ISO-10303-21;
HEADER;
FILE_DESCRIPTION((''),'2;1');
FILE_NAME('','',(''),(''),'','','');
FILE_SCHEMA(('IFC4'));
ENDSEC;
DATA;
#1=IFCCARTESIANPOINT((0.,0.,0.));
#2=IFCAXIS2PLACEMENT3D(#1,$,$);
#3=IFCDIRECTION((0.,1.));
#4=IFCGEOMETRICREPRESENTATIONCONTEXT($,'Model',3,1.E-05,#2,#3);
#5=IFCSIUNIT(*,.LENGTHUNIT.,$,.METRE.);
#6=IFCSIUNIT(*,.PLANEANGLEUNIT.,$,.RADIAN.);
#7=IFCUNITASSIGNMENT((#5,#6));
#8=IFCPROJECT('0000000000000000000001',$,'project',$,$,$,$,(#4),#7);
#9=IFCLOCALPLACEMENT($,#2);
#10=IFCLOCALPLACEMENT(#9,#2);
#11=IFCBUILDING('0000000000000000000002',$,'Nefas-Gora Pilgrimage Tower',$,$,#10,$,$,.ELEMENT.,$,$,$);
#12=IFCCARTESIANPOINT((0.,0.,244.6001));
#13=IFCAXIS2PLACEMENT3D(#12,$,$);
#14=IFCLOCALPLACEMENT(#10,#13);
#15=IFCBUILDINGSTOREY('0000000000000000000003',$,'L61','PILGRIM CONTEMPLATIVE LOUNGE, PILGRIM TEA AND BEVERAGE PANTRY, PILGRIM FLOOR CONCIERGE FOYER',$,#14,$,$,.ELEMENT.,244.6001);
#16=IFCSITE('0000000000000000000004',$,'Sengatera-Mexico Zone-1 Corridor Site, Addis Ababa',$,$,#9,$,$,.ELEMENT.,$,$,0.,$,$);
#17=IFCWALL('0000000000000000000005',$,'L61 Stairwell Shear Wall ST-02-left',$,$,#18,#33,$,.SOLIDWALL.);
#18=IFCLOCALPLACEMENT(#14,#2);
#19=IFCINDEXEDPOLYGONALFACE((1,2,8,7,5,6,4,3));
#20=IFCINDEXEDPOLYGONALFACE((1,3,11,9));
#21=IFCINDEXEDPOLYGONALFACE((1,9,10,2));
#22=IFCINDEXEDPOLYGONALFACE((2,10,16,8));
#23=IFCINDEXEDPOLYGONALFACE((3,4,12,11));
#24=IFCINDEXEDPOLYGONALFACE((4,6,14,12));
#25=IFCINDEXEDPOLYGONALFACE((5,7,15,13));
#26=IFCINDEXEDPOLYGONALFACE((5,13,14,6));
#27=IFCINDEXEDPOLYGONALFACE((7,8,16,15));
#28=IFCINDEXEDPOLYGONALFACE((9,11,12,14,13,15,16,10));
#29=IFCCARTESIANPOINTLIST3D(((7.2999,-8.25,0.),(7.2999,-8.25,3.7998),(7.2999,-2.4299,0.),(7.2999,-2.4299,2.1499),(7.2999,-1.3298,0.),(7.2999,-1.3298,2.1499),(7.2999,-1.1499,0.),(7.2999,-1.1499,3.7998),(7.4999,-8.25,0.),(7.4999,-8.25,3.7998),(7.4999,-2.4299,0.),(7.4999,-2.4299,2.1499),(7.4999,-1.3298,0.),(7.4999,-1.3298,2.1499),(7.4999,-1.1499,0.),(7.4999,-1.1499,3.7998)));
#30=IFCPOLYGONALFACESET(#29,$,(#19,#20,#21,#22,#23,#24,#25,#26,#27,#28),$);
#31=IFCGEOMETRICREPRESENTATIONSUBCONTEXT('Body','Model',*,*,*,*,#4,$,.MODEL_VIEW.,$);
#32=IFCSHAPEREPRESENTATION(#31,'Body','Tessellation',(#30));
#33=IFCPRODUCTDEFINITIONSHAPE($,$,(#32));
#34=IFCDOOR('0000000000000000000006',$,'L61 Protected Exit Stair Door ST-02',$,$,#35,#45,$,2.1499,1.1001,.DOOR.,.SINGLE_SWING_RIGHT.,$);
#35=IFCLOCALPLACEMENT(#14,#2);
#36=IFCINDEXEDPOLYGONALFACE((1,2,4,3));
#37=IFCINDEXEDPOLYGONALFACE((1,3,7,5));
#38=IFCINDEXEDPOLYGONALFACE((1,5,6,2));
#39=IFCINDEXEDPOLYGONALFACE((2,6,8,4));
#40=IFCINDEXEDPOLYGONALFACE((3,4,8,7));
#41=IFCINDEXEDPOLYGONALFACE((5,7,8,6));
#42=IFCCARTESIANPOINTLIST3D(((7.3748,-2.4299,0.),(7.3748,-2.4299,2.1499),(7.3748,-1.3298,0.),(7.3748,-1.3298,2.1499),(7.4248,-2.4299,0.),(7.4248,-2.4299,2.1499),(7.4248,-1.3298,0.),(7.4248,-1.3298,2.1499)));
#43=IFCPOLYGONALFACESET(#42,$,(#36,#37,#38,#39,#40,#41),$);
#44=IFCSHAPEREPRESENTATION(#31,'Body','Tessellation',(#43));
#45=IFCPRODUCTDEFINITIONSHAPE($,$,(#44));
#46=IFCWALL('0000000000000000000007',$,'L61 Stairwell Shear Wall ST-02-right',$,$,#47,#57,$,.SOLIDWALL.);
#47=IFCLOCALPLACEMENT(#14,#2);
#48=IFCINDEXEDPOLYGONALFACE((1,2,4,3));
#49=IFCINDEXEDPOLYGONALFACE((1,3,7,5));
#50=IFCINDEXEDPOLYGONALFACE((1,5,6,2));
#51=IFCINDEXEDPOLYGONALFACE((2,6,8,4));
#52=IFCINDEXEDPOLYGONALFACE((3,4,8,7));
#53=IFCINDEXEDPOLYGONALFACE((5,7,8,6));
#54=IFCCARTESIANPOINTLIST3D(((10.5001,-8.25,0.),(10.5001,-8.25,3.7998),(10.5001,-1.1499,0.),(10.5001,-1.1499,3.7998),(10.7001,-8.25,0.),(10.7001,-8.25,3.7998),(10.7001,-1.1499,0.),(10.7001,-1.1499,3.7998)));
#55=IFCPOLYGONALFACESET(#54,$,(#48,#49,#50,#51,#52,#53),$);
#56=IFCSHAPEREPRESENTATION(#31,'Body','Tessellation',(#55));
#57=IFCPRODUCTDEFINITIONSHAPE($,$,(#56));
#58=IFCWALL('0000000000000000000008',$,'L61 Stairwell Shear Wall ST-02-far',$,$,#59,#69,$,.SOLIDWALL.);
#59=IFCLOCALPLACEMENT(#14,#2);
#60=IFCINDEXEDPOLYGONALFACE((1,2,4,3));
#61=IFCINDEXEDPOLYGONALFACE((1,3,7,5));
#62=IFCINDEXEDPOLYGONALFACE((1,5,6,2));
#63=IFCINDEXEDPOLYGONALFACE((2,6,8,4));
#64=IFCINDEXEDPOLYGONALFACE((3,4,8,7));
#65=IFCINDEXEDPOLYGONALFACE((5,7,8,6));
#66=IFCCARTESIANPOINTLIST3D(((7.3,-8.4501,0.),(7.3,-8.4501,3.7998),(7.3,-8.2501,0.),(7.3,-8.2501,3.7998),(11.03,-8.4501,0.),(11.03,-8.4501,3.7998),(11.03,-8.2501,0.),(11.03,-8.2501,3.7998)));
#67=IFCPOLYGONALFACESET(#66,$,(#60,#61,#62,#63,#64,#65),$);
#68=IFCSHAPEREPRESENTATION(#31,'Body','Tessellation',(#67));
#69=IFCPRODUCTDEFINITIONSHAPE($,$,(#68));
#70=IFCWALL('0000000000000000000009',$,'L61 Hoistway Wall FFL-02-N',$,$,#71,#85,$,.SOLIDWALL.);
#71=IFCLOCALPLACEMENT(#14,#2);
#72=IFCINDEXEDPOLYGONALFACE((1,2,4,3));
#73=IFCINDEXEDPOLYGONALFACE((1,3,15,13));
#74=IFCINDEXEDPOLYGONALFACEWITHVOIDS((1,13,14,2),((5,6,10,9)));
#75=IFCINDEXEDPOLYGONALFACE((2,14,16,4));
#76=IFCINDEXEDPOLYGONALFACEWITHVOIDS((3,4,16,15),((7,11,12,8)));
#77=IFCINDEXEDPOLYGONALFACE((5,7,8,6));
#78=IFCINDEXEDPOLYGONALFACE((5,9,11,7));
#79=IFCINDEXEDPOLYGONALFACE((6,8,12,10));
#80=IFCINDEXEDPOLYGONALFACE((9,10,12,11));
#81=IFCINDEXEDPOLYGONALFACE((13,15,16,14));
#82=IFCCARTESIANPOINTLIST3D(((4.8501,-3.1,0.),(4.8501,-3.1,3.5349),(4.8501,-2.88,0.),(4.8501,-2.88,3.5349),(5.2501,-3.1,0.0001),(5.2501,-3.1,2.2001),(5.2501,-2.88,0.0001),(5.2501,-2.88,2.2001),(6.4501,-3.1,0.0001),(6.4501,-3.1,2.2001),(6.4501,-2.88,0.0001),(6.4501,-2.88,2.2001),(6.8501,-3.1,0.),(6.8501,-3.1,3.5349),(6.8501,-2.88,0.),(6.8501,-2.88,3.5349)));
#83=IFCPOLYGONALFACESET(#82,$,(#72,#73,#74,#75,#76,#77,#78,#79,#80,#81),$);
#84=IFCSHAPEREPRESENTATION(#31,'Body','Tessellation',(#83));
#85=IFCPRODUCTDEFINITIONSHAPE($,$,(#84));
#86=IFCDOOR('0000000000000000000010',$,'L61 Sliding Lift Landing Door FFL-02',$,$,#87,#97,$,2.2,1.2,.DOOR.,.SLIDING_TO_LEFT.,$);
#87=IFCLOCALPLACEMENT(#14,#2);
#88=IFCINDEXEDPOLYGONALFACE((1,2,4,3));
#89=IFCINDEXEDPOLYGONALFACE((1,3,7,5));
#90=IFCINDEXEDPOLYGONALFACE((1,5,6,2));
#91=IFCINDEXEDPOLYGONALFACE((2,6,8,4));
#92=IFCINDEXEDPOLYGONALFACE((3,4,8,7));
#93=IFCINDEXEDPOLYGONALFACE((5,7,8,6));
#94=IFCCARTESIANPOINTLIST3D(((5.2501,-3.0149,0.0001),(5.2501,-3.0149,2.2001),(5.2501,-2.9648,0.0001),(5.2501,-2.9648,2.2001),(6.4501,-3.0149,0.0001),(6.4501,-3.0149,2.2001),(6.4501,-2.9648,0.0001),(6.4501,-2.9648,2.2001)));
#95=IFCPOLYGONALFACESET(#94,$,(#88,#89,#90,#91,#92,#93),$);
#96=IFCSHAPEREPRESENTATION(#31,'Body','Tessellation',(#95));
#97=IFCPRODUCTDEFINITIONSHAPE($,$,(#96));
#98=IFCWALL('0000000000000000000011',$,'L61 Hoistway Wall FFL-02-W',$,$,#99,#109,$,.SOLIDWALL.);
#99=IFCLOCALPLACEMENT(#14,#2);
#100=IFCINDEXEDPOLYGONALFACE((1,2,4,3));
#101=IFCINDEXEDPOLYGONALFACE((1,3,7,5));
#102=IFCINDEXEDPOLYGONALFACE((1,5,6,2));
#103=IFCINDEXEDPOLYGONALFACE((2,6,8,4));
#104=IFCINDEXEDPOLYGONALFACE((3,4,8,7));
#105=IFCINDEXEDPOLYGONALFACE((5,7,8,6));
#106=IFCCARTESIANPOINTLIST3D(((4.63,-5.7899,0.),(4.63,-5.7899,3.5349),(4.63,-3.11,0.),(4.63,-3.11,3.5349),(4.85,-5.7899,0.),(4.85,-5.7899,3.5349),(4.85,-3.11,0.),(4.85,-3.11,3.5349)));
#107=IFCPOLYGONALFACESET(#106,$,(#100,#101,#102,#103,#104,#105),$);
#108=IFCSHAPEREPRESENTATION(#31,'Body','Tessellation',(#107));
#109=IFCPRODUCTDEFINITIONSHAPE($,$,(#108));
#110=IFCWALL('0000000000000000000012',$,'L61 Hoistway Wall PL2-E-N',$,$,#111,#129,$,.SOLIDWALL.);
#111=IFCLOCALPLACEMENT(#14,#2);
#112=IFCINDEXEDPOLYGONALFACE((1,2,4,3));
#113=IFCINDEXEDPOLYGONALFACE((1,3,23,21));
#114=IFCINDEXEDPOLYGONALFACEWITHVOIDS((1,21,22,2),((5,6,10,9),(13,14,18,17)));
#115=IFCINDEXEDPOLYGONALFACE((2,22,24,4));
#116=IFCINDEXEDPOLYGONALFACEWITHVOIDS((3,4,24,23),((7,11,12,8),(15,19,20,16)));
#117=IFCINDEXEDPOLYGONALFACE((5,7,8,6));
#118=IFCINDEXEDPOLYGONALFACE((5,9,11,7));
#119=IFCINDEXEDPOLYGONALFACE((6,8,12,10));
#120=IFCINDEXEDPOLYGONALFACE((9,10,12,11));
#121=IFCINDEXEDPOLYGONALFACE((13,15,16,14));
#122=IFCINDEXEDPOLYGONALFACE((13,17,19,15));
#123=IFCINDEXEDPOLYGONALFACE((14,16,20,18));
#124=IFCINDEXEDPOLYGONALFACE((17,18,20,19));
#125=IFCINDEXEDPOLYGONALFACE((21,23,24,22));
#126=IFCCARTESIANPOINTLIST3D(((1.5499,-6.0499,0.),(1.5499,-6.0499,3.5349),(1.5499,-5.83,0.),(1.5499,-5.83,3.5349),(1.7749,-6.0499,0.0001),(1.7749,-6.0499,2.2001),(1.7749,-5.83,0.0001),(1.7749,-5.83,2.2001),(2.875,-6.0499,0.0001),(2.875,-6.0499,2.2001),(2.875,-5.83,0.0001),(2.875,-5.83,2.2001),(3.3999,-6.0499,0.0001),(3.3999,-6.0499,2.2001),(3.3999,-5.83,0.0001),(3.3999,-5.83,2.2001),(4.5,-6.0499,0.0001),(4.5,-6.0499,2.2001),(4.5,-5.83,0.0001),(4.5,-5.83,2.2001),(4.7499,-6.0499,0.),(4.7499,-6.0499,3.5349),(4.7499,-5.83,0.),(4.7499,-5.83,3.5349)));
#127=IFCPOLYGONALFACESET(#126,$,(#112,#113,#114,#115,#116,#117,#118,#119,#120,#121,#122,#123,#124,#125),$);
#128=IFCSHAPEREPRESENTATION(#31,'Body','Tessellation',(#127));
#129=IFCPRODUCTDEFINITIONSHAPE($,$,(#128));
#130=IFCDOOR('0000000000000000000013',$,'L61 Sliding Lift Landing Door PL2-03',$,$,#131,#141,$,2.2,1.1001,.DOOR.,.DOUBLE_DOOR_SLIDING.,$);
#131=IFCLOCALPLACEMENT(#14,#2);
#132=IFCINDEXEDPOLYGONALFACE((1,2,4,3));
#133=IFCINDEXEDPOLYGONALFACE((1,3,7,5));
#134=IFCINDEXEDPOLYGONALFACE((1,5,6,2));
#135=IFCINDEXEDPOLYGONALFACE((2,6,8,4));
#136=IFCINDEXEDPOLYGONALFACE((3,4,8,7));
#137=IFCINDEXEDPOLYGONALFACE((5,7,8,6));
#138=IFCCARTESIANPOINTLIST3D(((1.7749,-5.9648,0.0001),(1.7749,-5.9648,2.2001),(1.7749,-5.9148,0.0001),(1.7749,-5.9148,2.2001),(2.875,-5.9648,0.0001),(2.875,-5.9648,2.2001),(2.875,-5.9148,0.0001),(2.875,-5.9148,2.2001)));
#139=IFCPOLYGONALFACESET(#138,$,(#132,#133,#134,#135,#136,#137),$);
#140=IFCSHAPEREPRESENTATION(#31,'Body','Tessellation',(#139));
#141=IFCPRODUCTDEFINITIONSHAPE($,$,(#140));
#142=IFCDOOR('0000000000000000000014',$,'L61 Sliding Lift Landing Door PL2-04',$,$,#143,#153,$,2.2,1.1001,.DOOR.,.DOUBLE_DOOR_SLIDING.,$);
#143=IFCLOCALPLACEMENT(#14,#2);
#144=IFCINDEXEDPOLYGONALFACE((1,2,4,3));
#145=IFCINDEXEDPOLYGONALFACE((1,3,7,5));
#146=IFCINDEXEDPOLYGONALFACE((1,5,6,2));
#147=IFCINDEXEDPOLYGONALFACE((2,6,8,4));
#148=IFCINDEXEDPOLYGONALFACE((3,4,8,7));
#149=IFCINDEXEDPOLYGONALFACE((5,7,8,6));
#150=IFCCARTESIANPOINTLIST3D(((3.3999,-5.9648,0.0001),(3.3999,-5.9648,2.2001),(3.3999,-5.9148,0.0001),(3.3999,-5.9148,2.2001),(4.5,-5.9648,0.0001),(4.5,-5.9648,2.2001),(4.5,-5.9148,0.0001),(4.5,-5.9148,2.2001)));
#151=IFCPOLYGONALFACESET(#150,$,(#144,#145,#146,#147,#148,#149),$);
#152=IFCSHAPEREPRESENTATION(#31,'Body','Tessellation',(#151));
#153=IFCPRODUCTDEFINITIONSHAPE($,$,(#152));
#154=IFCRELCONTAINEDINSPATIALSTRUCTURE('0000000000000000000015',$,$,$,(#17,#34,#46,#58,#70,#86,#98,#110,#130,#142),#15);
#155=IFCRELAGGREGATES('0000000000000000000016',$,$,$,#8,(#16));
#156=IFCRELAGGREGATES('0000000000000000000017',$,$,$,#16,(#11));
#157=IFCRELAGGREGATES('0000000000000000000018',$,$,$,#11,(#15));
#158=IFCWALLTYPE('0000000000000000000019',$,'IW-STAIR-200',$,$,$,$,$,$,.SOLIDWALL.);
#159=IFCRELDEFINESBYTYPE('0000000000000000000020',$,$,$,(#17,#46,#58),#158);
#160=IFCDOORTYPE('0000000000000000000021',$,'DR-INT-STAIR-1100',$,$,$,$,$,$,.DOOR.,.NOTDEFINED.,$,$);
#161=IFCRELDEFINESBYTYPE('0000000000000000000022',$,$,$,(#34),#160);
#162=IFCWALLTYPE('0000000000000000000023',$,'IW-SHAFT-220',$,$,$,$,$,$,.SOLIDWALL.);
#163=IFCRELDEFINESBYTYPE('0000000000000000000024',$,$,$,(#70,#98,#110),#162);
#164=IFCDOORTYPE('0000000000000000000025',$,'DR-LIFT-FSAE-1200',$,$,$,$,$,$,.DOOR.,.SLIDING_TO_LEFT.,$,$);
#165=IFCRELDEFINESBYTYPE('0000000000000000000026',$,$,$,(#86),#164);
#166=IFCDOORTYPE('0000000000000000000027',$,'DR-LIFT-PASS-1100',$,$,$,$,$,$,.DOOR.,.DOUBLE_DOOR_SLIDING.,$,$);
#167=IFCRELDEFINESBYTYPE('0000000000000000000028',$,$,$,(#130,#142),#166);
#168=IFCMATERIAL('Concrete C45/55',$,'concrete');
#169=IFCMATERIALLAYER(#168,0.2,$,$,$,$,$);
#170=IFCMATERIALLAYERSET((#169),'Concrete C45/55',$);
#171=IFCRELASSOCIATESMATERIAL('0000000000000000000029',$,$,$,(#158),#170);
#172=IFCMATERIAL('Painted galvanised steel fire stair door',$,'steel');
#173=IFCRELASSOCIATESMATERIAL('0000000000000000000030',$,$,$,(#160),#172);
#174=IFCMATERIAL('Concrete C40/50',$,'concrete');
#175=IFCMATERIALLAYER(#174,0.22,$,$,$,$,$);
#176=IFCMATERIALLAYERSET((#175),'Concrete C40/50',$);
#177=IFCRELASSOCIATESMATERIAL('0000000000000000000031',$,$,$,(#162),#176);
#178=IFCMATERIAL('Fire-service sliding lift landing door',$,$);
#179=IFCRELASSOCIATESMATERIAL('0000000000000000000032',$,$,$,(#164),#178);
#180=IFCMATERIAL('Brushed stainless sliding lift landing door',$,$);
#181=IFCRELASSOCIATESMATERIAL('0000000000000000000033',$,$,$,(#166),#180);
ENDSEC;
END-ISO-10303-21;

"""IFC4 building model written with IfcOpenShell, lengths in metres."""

from ifc_helpers import new_model, si_unit, direction, frame, frame_2d, origin, place, context, subcontext, project, spatial, rectangle, extrude, source, transform, mapped, material, layer, layer_set, type_object, element, fill, save


model = new_model("IFC4")

# Units and contexts
model_context = context("Model", 3, precision=1e-05, world=origin(), true_north=direction((0.0, 1.0)))
body_context = subcontext(model_context, "Body", "Model", "MODEL_VIEW")
ifc_project = project(units=[si_unit("LENGTHUNIT", "METRE"), si_unit("PLANEANGLEUNIT", "RADIAN")], contexts=[model_context])

# Site, building, storey
site_placement = place(None, origin())
site = spatial("IfcSite", under=ifc_project, at=site_placement, Name="Sengatera-Mexico Zone-1 Corridor Site, Addis Ababa", CompositionType="ELEMENT", RefElevation=0.0)
building_placement = place(site_placement, origin())
building = spatial("IfcBuilding", under=site, at=building_placement, Name="Nefas-Gora Pilgrimage Tower", CompositionType="ELEMENT")
storey_placement = place(building_placement, frame((0.0, 0.0, 244.6001)))
storey = spatial("IfcBuildingStorey", under=building, at=storey_placement, Name="L61", Description="PILGRIM CONTEMPLATIVE LOUNGE, PILGRIM TEA AND BEVERAGE PANTRY, PILGRIM FLOOR CONCIERGE FOYER", CompositionType="ELEMENT", Elevation=244.6001)

# Shared definitions
ifc_material_1 = material(Name="Concrete C40/50", Category="concrete")

# Shared definitions
ifc_material_2 = material(Name="Concrete C45/55", Category="concrete")

# Shared definitions
ifc_layer_1 = layer(ifc_material_2, 0.2)
ifc_layer_set_1 = layer_set([ifc_layer_1], Name="Concrete C45/55")
wall_type_1 = type_object("IfcWallType", Name="IW-STAIR-200", PredefinedType="SOLIDWALL", material=ifc_layer_set_1)

# Wall, opening, door
shared_shape_1 = source(origin(), body_context, "Body", "SweptSolid", [
    extrude(rectangle(XDim=7.1001, YDim=0.2, at=frame_2d((3.55, 0.0))), origin(), (0.0, 0.0, 1.0), 3.7998),
])
wall_1_placement = place(storey_placement, frame((7.3999, -1.1499, 0.0), z_axis=(0.0, 0.0, 1.0), x_axis=(0.0, -1.0, 0.0)))
wall_1 = element("IfcWall", 1, at=wall_1_placement, inside=storey, type_object=wall_type_1, Name="L61 Stairwell Shear Wall ST-02-left", PredefinedType="SOLIDWALL", context=body_context, shape_type="MappedRepresentation", body=[
    mapped(shared_shape_1, transform((0.0, 0.0, 0.0), x_axis=(1.0, 0.0, 0.0), y_axis=(0.0, 1.0, 0.0), z_axis=(0.0, 0.0, 1.0), scale=1.0)),
])
opening_1_placement = place(wall_1_placement, frame((0.1799, 0.0, 0.0)))
opening_1 = element("IfcOpeningElement", 2, at=opening_1_placement, cuts=wall_1, PredefinedType="OPENING", context=body_context, shape_type="SweptSolid", body=[
    extrude(rectangle(XDim=1.1001, YDim=2.1499, at=frame_2d((0.55, 1.075))), frame((0.0, 0.1099, 0.0), z_axis=(0.0, -1.0, 0.0), x_axis=(1.0, 0.0, 0.0)), (0.0, 0.0, 1.0), 0.22),
])
ifc_material_3 = material(Name="Painted galvanised steel fire stair door", Category="steel")
door_type_1 = type_object("IfcDoorType", Name="DR-INT-STAIR-1100", OperationType="NOTDEFINED", PredefinedType="DOOR", material=ifc_material_3)
shared_shape_2 = source(origin(), body_context, "Body", "SweptSolid", [
    extrude(rectangle(XDim=1.1001, YDim=2.1499, at=frame_2d((0.55, 1.075))), frame((0.0, 0.0249, 0.0), z_axis=(0.0, -1.0, 0.0), x_axis=(1.0, 0.0, 0.0)), (0.0, 0.0, 1.0), 0.05),
])
door_1_placement = place(opening_1_placement, origin())
door_1 = element("IfcDoor", 3, at=door_1_placement, inside=storey, type_object=door_type_1, Name="L61 Protected Exit Stair Door ST-02", OperationType="SINGLE_SWING_RIGHT", OverallHeight=2.1499, OverallWidth=1.1001, PredefinedType="DOOR", context=body_context, shape_type="MappedRepresentation", body=[
    mapped(shared_shape_2, transform((0.0, 0.0, 0.0), x_axis=(1.0, 0.0, 0.0), y_axis=(0.0, 1.0, 0.0), z_axis=(0.0, 0.0, 1.0), scale=1.0)),
])
fill(opening_1, door_1)

# Walls
wall_2_placement = place(storey_placement, frame((10.6001, -1.1499, 0.0), z_axis=(0.0, 0.0, 1.0), x_axis=(0.0, -1.0, 0.0)))
element("IfcWall", 4, at=wall_2_placement, inside=storey, type_object=wall_type_1, Name="L61 Stairwell Shear Wall ST-02-right", PredefinedType="SOLIDWALL", context=body_context, shape_type="MappedRepresentation", body=[
    mapped(shared_shape_1, transform((0.0, 0.0, 0.0), x_axis=(1.0, 0.0, 0.0), y_axis=(0.0, 1.0, 0.0), z_axis=(0.0, 0.0, 1.0), scale=1.0)),
])
shared_shape_3 = source(origin(), body_context, "Body", "SweptSolid", [
    extrude(rectangle(XDim=3.73, YDim=0.2, at=frame_2d((1.865, 0.0))), origin(), (0.0, 0.0, 1.0), 3.7998),
])
wall_3_placement = place(storey_placement, frame((7.3, -8.3501, 0.0), z_axis=(0.0, 0.0, 1.0), x_axis=(1.0, 0.0, 0.0)))
element("IfcWall", 5, at=wall_3_placement, inside=storey, type_object=wall_type_1, Name="L61 Stairwell Shear Wall ST-02-far", PredefinedType="SOLIDWALL", context=body_context, shape_type="MappedRepresentation", body=[
    mapped(shared_shape_3, transform((0.0, 0.0, 0.0), x_axis=(1.0, 0.0, 0.0), y_axis=(0.0, 1.0, 0.0), z_axis=(0.0, 0.0, 1.0), scale=1.0)),
])

# Wall, opening, door
ifc_layer_2 = layer(ifc_material_1, 0.22)
ifc_layer_set_2 = layer_set([ifc_layer_2], Name="Concrete C40/50")
wall_type_2 = type_object("IfcWallType", Name="IW-SHAFT-220", PredefinedType="SOLIDWALL", material=ifc_layer_set_2)
shared_shape_4 = source(origin(), body_context, "Body", "SweptSolid", [
    extrude(rectangle(XDim=2.0, YDim=0.22, at=frame_2d((1.0, 0.0))), origin(), (0.0, 0.0, 1.0), 3.5349),
])
wall_4_placement = place(storey_placement, frame((6.8501, -2.99, 0.0), z_axis=(0.0, 0.0, 1.0), x_axis=(-1.0, 0.0, 0.0)))
wall_4 = element("IfcWall", 6, at=wall_4_placement, inside=storey, type_object=wall_type_2, Name="L61 Hoistway Wall FFL-02-N", PredefinedType="SOLIDWALL", context=body_context, shape_type="MappedRepresentation", body=[
    mapped(shared_shape_4, transform((0.0, 0.0, 0.0), x_axis=(1.0, 0.0, 0.0), y_axis=(0.0, 1.0, 0.0), z_axis=(0.0, 0.0, 1.0), scale=1.0)),
])
opening_2_placement = place(wall_4_placement, frame((0.3999, 0.0, 0.0)))
opening_2 = element("IfcOpeningElement", 7, at=opening_2_placement, cuts=wall_4, PredefinedType="OPENING", context=body_context, shape_type="SweptSolid", body=[
    extrude(rectangle(XDim=1.2, YDim=2.2, at=frame_2d((0.6001, 1.1001))), frame((0.0, 0.1199, 0.0), z_axis=(0.0, -1.0, 0.0), x_axis=(1.0, 0.0, 0.0)), (0.0, 0.0, 1.0), 0.24),
])
ifc_material_4 = material(Name="Fire-service sliding lift landing door")
door_type_2 = type_object("IfcDoorType", Name="DR-LIFT-FSAE-1200", OperationType="SLIDING_TO_LEFT", PredefinedType="DOOR", material=ifc_material_4)
shared_shape_5 = source(origin(), body_context, "Body", "SweptSolid", [
    extrude(rectangle(XDim=1.2, YDim=2.2, at=frame_2d((0.6001, 1.1001))), frame((0.0, 0.0249, 0.0), z_axis=(0.0, -1.0, 0.0), x_axis=(1.0, 0.0, 0.0)), (0.0, 0.0, 1.0), 0.05),
])
door_2_placement = place(opening_2_placement, origin())
door_2 = element("IfcDoor", 8, at=door_2_placement, inside=storey, type_object=door_type_2, Name="L61 Sliding Lift Landing Door FFL-02", OperationType="SLIDING_TO_LEFT", OverallHeight=2.2, OverallWidth=1.2, PredefinedType="DOOR", context=body_context, shape_type="MappedRepresentation", body=[
    mapped(shared_shape_5, transform((0.0, 0.0, 0.0), x_axis=(1.0, 0.0, 0.0), y_axis=(0.0, 1.0, 0.0), z_axis=(0.0, 0.0, 1.0), scale=1.0)),
])
fill(opening_2, door_2)

# Wall
shared_shape_6 = source(origin(), body_context, "Body", "SweptSolid", [
    extrude(rectangle(XDim=2.6799, YDim=0.22, at=frame_2d((1.3398, 0.0))), origin(), (0.0, 0.0, 1.0), 3.5349),
])
wall_5_placement = place(storey_placement, frame((4.74, -3.1101, 0.0), z_axis=(0.0, 0.0, 1.0), x_axis=(0.0, -1.0, 0.0)))
element("IfcWall", 9, at=wall_5_placement, inside=storey, type_object=wall_type_2, Name="L61 Hoistway Wall FFL-02-W", PredefinedType="SOLIDWALL", context=body_context, shape_type="MappedRepresentation", body=[
    mapped(shared_shape_6, transform((0.0, 0.0, 0.0), x_axis=(1.0, 0.0, 0.0), y_axis=(0.0, 1.0, 0.0), z_axis=(0.0, 0.0, 1.0), scale=1.0)),
])

# Wall, openings, doors
shared_shape_7 = source(origin(), body_context, "Body", "SweptSolid", [
    extrude(rectangle(XDim=3.2, YDim=0.22, at=frame_2d((1.6001, 0.0))), origin(), (0.0, 0.0, 1.0), 3.5349),
])
wall_6_placement = place(storey_placement, frame((4.75, -5.9399, 0.0), z_axis=(0.0, 0.0, 1.0), x_axis=(-1.0, 0.0, 0.0)))
wall_6 = element("IfcWall", 10, at=wall_6_placement, inside=storey, type_object=wall_type_2, Name="L61 Hoistway Wall PL2-E-N", PredefinedType="SOLIDWALL", context=body_context, shape_type="MappedRepresentation", body=[
    mapped(shared_shape_7, transform((0.0, 0.0, 0.0), x_axis=(1.0, 0.0, 0.0), y_axis=(0.0, 1.0, 0.0), z_axis=(0.0, 0.0, 1.0), scale=1.0)),
])
opening_3_placement = place(wall_6_placement, frame((1.875, 0.0, 0.0)))
opening_3 = element("IfcOpeningElement", 11, at=opening_3_placement, cuts=wall_6, PredefinedType="OPENING", context=body_context, shape_type="SweptSolid", body=[
    extrude(rectangle(XDim=1.1001, YDim=2.2, at=frame_2d((0.55, 1.1001))), frame((0.0, 0.1199, 0.0), z_axis=(0.0, -1.0, 0.0), x_axis=(1.0, 0.0, 0.0)), (0.0, 0.0, 1.0), 0.24),
])
opening_4_placement = place(wall_6_placement, frame((0.25, 0.0, 0.0)))
opening_4 = element("IfcOpeningElement", 12, at=opening_4_placement, cuts=wall_6, PredefinedType="OPENING", context=body_context, shape_type="SweptSolid", body=[
    extrude(rectangle(XDim=1.1001, YDim=2.2, at=frame_2d((0.55, 1.1001))), frame((0.0, 0.1199, 0.0), z_axis=(0.0, -1.0, 0.0), x_axis=(1.0, 0.0, 0.0)), (0.0, 0.0, 1.0), 0.24),
])
ifc_material_5 = material(Name="Brushed stainless sliding lift landing door")
door_type_3 = type_object("IfcDoorType", Name="DR-LIFT-PASS-1100", OperationType="DOUBLE_DOOR_SLIDING", PredefinedType="DOOR", material=ifc_material_5)
shared_shape_8 = source(origin(), body_context, "Body", "SweptSolid", [
    extrude(rectangle(XDim=1.1001, YDim=2.2, at=frame_2d((0.55, 1.1001))), frame((0.0, 0.0249, 0.0), z_axis=(0.0, -1.0, 0.0), x_axis=(1.0, 0.0, 0.0)), (0.0, 0.0, 1.0), 0.05),
])
door_3_placement = place(opening_3_placement, origin())
door_3 = element("IfcDoor", 13, at=door_3_placement, inside=storey, type_object=door_type_3, Name="L61 Sliding Lift Landing Door PL2-03", OperationType="DOUBLE_DOOR_SLIDING", OverallHeight=2.2, OverallWidth=1.1001, PredefinedType="DOOR", context=body_context, shape_type="MappedRepresentation", body=[
    mapped(shared_shape_8, transform((0.0, 0.0, 0.0), x_axis=(1.0, 0.0, 0.0), y_axis=(0.0, 1.0, 0.0), z_axis=(0.0, 0.0, 1.0), scale=1.0)),
])
fill(opening_3, door_3)
door_4_placement = place(opening_4_placement, origin())
door_4 = element("IfcDoor", 14, at=door_4_placement, inside=storey, type_object=door_type_3, Name="L61 Sliding Lift Landing Door PL2-04", OperationType="DOUBLE_DOOR_SLIDING", OverallHeight=2.2, OverallWidth=1.1001, PredefinedType="DOOR", context=body_context, shape_type="MappedRepresentation", body=[
    mapped(shared_shape_8, transform((0.0, 0.0, 0.0), x_axis=(1.0, 0.0, 0.0), y_axis=(0.0, 1.0, 0.0), z_axis=(0.0, 0.0, 1.0), scale=1.0)),
])
fill(opening_4, door_4)

save(model, "model.ifc")
